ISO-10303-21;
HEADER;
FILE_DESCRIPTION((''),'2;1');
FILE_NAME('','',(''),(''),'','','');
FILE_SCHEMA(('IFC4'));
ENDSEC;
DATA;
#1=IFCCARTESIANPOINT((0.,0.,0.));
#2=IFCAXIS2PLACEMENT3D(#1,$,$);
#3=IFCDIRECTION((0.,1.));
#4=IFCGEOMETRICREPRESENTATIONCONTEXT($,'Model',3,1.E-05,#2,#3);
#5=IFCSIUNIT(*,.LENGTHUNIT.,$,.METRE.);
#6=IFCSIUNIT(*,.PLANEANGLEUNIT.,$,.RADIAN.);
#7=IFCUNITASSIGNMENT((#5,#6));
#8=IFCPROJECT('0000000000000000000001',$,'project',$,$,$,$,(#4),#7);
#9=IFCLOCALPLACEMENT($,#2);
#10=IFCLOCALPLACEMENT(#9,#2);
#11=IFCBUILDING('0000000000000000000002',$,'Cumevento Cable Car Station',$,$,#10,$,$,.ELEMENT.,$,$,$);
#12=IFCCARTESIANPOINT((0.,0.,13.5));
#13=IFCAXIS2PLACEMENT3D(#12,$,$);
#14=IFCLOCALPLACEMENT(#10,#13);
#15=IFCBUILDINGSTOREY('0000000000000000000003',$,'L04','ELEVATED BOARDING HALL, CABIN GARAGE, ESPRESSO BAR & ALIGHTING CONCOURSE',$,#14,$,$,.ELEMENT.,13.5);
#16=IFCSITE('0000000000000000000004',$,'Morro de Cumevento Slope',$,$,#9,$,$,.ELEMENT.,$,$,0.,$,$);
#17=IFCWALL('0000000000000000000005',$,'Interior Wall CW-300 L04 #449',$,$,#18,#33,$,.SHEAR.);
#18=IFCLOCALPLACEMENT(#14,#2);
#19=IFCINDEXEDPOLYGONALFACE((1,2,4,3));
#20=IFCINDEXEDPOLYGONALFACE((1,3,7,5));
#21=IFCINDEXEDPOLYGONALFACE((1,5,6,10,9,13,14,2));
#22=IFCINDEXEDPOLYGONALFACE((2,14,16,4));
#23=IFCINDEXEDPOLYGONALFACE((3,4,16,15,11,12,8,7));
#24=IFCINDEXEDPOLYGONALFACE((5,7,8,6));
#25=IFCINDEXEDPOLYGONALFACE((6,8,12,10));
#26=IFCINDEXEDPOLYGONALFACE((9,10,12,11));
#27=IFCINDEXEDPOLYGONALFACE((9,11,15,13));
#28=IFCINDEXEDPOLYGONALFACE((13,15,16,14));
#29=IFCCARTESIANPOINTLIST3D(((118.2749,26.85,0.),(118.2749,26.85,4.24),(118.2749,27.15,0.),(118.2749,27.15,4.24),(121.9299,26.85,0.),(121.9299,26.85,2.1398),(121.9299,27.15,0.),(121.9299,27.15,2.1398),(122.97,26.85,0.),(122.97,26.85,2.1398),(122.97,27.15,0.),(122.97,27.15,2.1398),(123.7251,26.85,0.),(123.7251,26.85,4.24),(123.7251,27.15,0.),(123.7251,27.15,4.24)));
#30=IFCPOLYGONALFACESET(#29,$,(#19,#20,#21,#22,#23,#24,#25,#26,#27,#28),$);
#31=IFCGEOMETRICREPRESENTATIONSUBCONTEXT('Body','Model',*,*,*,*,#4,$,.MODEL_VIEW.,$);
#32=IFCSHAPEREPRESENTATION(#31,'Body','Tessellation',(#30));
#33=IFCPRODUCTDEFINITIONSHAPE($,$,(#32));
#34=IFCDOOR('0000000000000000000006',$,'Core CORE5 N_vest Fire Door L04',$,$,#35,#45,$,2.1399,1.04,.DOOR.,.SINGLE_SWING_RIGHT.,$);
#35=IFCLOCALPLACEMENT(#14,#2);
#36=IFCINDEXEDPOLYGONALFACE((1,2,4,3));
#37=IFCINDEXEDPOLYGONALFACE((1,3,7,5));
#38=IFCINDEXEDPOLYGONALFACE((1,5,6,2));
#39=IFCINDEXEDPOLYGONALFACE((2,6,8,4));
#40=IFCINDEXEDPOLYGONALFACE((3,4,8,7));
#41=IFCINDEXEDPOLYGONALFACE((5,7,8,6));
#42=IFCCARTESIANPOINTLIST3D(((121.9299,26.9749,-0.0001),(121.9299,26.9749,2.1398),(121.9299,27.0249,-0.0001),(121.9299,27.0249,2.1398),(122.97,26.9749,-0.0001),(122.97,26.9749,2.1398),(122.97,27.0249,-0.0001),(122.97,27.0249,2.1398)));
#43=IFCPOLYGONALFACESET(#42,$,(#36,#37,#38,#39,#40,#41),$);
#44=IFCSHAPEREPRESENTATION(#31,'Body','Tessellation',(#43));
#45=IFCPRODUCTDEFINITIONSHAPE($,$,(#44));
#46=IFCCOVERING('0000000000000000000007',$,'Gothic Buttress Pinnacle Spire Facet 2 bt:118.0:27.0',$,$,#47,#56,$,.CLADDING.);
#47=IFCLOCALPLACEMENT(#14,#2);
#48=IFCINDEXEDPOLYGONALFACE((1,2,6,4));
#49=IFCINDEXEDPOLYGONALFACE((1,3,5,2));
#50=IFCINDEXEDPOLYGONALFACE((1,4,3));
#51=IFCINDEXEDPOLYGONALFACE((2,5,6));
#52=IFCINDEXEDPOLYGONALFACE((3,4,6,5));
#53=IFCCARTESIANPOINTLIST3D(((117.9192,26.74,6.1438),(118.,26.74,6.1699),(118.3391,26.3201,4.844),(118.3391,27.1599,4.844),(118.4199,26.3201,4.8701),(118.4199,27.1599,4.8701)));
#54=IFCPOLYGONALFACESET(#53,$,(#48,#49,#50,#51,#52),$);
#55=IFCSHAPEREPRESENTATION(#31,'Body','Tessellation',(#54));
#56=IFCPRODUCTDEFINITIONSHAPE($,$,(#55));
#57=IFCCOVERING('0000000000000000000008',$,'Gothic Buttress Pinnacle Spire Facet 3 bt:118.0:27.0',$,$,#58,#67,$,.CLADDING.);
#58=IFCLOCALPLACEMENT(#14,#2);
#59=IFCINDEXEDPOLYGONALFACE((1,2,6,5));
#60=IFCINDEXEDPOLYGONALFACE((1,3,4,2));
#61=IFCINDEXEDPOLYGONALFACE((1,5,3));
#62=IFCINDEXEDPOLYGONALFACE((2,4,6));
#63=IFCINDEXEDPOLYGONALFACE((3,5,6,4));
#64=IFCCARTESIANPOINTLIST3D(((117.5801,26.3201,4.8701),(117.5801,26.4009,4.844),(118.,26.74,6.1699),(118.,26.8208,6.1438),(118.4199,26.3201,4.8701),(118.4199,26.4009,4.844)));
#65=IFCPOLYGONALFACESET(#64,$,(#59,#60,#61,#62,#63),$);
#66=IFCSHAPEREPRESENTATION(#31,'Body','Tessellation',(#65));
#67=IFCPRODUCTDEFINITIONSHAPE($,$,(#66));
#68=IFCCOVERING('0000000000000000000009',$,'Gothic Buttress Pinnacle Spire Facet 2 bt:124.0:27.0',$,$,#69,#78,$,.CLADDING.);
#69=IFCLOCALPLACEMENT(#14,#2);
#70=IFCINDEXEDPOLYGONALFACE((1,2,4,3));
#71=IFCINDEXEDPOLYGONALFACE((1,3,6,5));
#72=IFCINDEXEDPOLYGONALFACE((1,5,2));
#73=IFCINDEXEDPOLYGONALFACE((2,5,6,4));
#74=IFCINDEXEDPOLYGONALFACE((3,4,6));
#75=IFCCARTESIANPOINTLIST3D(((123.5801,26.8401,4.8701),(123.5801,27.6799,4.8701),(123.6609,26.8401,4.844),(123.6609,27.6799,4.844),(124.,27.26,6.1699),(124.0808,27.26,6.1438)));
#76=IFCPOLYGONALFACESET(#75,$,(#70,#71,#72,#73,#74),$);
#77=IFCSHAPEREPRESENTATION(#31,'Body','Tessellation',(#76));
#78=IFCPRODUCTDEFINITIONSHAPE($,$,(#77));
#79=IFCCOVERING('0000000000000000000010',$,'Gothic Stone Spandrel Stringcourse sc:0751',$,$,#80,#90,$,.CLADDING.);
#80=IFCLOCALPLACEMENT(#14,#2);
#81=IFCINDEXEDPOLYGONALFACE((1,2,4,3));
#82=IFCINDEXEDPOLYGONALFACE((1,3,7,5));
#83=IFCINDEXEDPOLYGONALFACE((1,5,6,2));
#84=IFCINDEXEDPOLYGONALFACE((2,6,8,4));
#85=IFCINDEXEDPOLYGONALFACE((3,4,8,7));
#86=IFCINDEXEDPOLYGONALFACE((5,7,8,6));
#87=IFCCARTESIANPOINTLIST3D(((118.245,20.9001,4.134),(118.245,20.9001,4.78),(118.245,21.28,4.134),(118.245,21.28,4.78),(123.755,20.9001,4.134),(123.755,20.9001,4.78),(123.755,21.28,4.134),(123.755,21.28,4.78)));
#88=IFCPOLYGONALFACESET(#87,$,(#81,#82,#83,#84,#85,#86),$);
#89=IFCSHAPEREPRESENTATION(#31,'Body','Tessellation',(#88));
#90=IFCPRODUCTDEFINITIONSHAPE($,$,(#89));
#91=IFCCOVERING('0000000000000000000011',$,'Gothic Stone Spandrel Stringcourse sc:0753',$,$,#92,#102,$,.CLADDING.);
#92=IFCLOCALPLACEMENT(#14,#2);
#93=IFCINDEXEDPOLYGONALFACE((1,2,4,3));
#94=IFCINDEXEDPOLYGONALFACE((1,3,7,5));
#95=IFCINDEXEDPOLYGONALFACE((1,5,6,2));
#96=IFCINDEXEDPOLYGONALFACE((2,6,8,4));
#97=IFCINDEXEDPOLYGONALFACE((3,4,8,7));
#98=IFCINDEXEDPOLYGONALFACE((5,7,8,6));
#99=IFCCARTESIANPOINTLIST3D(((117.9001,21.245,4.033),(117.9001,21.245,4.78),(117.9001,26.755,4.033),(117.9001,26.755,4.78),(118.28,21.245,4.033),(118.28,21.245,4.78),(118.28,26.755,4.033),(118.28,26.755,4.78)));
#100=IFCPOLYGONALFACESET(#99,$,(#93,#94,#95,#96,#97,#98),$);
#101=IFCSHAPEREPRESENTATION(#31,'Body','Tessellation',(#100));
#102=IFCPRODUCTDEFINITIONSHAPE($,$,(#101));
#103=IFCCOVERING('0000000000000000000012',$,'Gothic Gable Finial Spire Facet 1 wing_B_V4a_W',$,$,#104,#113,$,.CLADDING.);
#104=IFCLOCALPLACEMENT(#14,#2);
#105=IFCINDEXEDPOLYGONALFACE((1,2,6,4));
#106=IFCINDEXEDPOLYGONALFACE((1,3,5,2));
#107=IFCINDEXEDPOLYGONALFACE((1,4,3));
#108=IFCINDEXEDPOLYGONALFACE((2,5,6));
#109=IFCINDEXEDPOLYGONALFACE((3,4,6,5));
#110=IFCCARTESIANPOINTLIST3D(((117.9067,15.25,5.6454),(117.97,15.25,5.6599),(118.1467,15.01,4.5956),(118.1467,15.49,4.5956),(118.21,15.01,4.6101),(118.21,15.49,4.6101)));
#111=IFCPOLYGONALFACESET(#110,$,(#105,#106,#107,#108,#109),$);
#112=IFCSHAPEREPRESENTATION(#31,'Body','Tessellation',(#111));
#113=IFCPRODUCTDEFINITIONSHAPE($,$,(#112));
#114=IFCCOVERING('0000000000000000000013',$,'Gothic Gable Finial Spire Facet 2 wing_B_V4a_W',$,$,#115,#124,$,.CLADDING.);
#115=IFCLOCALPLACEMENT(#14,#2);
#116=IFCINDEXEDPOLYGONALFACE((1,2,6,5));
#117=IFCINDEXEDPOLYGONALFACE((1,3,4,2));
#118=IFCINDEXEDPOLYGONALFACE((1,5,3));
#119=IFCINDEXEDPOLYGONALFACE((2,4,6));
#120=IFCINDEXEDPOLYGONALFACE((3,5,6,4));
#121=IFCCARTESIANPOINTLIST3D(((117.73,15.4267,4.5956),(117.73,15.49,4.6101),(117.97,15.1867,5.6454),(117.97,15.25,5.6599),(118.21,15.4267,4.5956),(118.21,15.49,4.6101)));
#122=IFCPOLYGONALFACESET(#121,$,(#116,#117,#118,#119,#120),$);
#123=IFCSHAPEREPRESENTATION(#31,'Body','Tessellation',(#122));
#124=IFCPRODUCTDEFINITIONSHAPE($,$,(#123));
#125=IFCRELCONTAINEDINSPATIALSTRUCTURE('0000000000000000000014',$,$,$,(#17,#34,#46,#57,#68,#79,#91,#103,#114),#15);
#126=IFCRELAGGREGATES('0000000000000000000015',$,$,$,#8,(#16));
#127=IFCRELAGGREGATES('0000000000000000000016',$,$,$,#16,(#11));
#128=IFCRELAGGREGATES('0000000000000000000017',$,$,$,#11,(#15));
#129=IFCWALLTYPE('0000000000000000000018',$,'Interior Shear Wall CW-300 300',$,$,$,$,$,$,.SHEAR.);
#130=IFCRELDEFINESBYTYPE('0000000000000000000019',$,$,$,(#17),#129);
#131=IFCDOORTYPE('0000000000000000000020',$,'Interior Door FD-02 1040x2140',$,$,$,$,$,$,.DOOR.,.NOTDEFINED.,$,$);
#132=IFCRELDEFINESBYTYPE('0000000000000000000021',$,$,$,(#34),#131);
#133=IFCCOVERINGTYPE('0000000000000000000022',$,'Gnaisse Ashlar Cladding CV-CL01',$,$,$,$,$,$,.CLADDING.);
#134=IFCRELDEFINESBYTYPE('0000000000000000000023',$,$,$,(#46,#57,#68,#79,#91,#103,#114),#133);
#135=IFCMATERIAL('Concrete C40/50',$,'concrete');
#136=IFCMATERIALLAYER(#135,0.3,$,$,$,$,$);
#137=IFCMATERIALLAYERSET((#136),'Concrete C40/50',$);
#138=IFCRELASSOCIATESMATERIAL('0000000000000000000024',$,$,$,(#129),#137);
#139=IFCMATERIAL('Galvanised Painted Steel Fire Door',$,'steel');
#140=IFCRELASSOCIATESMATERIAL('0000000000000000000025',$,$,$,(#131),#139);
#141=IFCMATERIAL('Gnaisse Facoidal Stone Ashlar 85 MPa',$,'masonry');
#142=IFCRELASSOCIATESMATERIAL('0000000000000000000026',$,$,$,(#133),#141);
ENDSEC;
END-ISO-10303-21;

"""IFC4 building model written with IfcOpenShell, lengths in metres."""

from ifc_helpers import new_model, si_unit, direction, frame, frame_2d, origin, origin_2d, place, context, subcontext, project, spatial, polyline, rectangle, outline, extrude, material, layer, layer_set, type_object, element, fill, save


model = new_model("IFC4")

# Units and contexts
model_context = context("Model", 3, precision=1e-05, world=origin(), true_north=direction((0.0, 1.0)))
body_context = subcontext(model_context, "Body", "Model", "MODEL_VIEW")
ifc_project = project(units=[si_unit("LENGTHUNIT", "METRE"), si_unit("PLANEANGLEUNIT", "RADIAN")], contexts=[model_context])

# Site, building, storey
site_placement = place(None, origin())
site = spatial("IfcSite", under=ifc_project, at=site_placement, Name="Morro de Cumevento Slope", CompositionType="ELEMENT", RefElevation=0.0)
building_placement = place(site_placement, origin())
building = spatial("IfcBuilding", under=site, at=building_placement, Name="Cumevento Cable Car Station", CompositionType="ELEMENT")
storey_placement = place(building_placement, frame((0.0, 0.0, 13.5)))
storey = spatial("IfcBuildingStorey", under=building, at=storey_placement, Name="L04", Description="ELEVATED BOARDING HALL, CABIN GARAGE, ESPRESSO BAR & ALIGHTING CONCOURSE", CompositionType="ELEMENT", Elevation=13.5)

# Wall, opening, door
ifc_material_1 = material(Name="Concrete C40/50", Category="concrete")
ifc_layer_1 = layer(ifc_material_1, 0.3)
ifc_layer_set_1 = layer_set([ifc_layer_1], Name="Concrete C40/50")
wall_type_1 = type_object("IfcWallType", Name="Interior Shear Wall CW-300 300", PredefinedType="SHEAR", material=ifc_layer_set_1)
wall_1_placement = place(storey_placement, frame((118.2749, 27.0, 0.0), z_axis=(0.0, 0.0, 1.0), x_axis=(1.0, 0.0, 0.0)))
wall_1 = element("IfcWall", 1, at=wall_1_placement, inside=storey, type_object=wall_type_1, Name="Interior Wall CW-300 L04 #449", PredefinedType="SHEAR", context=body_context, shape_type="SweptSolid", body=[
    extrude(rectangle(XDim=5.4502, YDim=0.3, at=frame_2d((2.7251, 0.0))), origin(), (0.0, 0.0, 1.0), 4.24),
])
opening_1_placement = place(wall_1_placement, frame((3.655, 0.0, 0.0)))
opening_1 = element("IfcOpeningElement", 2, at=opening_1_placement, cuts=wall_1, PredefinedType="OPENING", context=body_context, shape_type="SweptSolid", body=[
    extrude(rectangle(XDim=1.04, YDim=2.1399, at=frame_2d((0.52, 1.0698))), frame((0.0, 0.1599, 0.0), z_axis=(0.0, -1.0, 0.0), x_axis=(1.0, 0.0, 0.0)), (0.0, 0.0, 1.0), 0.3201),
])
ifc_material_2 = material(Name="Galvanised Painted Steel Fire Door", Category="steel")
door_type_1 = type_object("IfcDoorType", Name="Interior Door FD-02 1040x2140", OperationType="NOTDEFINED", PredefinedType="DOOR", material=ifc_material_2)
door_1_placement = place(opening_1_placement, origin())
door_1 = element("IfcDoor", 3, at=door_1_placement, inside=storey, type_object=door_type_1, Name="Core CORE5 N_vest Fire Door L04", OperationType="SINGLE_SWING_RIGHT", OverallHeight=2.1399, OverallWidth=1.04, PredefinedType="DOOR", context=body_context, shape_type="SweptSolid", body=[
    extrude(rectangle(XDim=1.04, YDim=2.1399, at=frame_2d((0.52, 1.0698))), frame((0.0, 0.0249, 0.0), z_axis=(0.0, -1.0, 0.0), x_axis=(1.0, 0.0, 0.0)), (0.0, 0.0, 1.0), 0.05),
])
fill(opening_1, door_1)

# Coverings
ifc_material_3 = material(Name="Gnaisse Facoidal Stone Ashlar 85 MPa", Category="masonry")
covering_type = type_object("IfcCoveringType", Name="Gnaisse Ashlar Cladding CV-CL01", PredefinedType="CLADDING", material=ifc_material_3)
for number, where, z_axis, x_axis, name in (
    (4, (118.4199, 27.1599, 4.8701), (0.951574, 0.0, 0.307421), (0.0, -1.0, 0.0), "Gothic Buttress Pinnacle Spire Facet 2 bt:118.0:27.0"),
    (5, (118.4199, 26.3201, 4.8701), (0.0, -0.951574, 0.307421), (-1.0, 0.0, 0.0), "Gothic Buttress Pinnacle Spire Facet 3 bt:118.0:27.0"),
    (6, (123.5801, 26.8401, 4.8701), (-0.951574, 0.0, 0.307421), (0.0, 1.0, 0.0), "Gothic Buttress Pinnacle Spire Facet 2 bt:124.0:27.0"),
):
    element("IfcCovering", number, at=place(storey_placement, frame(where, z_axis=z_axis, x_axis=x_axis)), inside=storey, type_object=covering_type, Name=name, PredefinedType="CLADDING", context=body_context, shape_type="SweptSolid", body=[
        extrude(outline(polyline([(0.0, 0.0), (0.8398, 0.0), (0.4199, -1.366), (0.0, 0.0)])), origin(), (0.0, 0.0, -1.0), 0.085),
    ])
covering_1_placement = place(storey_placement, frame((121.0, 21.0901, 4.134), z_axis=(0.0, 0.0, 1.0), x_axis=(-1.0, 0.0, 0.0)))
element("IfcCovering", 7, at=covering_1_placement, inside=storey, type_object=covering_type, Name="Gothic Stone Spandrel Stringcourse sc:0751", PredefinedType="CLADDING", context=body_context, shape_type="SweptSolid", body=[
    extrude(rectangle(XDim=5.51, YDim=0.3799, at=origin_2d()), origin(), (0.0, 0.0, 1.0), 0.646),
])
covering_2_placement = place(storey_placement, frame((118.0901, 24.0, 4.033), z_axis=(0.0, 0.0, 1.0), x_axis=(0.0, 1.0, 0.0)))
element("IfcCovering", 8, at=covering_2_placement, inside=storey, type_object=covering_type, Name="Gothic Stone Spandrel Stringcourse sc:0753", PredefinedType="CLADDING", context=body_context, shape_type="SweptSolid", body=[
    extrude(rectangle(XDim=5.51, YDim=0.3799, at=origin_2d()), origin(), (0.0, 0.0, 1.0), 0.7471),
])
for number, where, z_axis, x_axis, name in (
    (9, (118.21, 15.01, 4.6101), (0.974851, 0.0, 0.222856), (0.0, 1.0, 0.0), "Gothic Gable Finial Spire Facet 1 wing_B_V4a_W"),
    (10, (118.21, 15.49, 4.6101), (0.0, 0.974851, 0.222856), (-1.0, 0.0, 0.0), "Gothic Gable Finial Spire Facet 2 wing_B_V4a_W"),
):
    element("IfcCovering", number, at=place(storey_placement, frame(where, z_axis=z_axis, x_axis=x_axis)), inside=storey, type_object=covering_type, Name=name, PredefinedType="CLADDING", context=body_context, shape_type="SweptSolid", body=[
        extrude(outline(polyline([(0.0, 0.0), (0.48, 0.0), (0.24, 1.0769), (0.0, 0.0)])), origin(), (0.0, 0.0, -1.0), 0.0649),
    ])

save(model, "model.ifc")
